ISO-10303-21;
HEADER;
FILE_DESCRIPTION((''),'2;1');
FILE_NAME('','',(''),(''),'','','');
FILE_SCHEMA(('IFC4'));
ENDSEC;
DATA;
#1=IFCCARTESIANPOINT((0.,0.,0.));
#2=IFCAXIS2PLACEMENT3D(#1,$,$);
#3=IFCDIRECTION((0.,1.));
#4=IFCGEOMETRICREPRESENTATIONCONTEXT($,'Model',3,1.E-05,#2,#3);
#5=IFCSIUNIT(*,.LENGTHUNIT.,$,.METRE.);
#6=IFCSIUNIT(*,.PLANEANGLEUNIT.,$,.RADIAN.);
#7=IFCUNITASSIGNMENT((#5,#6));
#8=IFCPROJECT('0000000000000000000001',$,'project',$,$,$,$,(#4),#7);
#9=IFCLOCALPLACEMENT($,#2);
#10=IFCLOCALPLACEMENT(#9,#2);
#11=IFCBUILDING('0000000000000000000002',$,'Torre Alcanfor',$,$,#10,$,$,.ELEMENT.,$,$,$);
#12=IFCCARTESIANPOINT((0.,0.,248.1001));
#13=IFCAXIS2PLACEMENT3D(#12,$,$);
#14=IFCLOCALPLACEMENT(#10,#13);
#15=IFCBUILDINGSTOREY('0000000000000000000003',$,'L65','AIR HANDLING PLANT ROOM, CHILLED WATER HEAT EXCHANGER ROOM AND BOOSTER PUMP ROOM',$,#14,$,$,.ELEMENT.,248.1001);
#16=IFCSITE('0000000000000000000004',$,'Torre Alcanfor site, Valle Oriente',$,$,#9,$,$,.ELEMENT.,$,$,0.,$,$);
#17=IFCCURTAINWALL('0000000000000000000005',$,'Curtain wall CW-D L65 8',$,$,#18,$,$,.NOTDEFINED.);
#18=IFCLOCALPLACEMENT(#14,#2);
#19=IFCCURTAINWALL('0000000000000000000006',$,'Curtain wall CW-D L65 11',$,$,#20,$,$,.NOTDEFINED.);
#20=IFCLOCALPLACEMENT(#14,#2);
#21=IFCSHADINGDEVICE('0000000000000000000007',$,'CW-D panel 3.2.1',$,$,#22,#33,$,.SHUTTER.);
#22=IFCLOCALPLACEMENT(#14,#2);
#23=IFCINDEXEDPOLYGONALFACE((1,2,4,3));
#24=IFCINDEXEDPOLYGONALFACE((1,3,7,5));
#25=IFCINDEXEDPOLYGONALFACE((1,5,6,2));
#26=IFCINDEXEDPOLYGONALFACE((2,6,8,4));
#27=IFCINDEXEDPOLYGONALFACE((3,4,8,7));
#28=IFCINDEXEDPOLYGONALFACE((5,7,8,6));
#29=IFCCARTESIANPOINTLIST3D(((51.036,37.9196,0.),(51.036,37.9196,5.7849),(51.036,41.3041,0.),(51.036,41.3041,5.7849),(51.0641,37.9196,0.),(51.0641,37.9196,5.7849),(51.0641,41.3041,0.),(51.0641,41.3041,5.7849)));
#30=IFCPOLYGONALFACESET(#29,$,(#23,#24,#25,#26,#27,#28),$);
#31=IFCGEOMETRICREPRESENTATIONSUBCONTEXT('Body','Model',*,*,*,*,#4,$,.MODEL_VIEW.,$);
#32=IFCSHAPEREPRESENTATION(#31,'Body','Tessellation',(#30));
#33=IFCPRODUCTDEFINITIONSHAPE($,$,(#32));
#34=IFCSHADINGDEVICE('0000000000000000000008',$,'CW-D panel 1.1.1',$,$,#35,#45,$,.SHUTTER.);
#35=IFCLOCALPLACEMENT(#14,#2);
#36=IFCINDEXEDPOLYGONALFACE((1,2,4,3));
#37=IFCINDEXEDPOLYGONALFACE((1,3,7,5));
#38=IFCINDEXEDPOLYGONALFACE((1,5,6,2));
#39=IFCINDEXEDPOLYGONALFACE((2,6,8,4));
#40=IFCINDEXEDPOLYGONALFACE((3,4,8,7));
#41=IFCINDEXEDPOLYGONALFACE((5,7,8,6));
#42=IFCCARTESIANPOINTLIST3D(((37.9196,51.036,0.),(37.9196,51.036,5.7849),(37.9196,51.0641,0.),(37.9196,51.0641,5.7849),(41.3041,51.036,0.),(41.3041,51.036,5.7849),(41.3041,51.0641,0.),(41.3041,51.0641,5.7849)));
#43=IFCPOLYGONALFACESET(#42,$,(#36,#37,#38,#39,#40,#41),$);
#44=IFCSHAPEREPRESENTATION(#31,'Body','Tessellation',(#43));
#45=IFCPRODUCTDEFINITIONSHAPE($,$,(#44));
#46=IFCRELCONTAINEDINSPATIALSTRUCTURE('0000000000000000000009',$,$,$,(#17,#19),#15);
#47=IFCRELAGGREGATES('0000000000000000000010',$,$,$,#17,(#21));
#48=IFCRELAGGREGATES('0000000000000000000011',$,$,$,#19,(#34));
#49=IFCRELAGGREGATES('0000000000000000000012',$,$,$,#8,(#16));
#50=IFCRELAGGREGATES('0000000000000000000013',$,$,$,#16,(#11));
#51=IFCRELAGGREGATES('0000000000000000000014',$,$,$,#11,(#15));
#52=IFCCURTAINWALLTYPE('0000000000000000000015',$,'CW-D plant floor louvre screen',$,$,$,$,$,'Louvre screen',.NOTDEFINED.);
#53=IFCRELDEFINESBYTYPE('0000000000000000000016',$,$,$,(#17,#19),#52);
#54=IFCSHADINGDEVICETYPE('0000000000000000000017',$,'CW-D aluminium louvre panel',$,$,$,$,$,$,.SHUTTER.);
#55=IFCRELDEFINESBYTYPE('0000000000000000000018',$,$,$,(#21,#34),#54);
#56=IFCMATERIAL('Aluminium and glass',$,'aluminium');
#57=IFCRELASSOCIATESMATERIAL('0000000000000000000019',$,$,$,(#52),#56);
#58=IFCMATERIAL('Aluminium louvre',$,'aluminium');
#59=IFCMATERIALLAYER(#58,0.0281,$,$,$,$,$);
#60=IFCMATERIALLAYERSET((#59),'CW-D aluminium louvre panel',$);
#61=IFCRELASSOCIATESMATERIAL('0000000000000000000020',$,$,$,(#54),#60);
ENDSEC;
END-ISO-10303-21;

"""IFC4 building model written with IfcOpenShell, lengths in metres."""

from ifc_helpers import new_model, si_unit, direction, frame, origin, origin_2d, place, context, subcontext, project, spatial, rectangle, extrude, material, layer, layer_set, type_object, element, aggregate, save


model = new_model("IFC4")

# Units and contexts
model_context = context("Model", 3, precision=1e-05, world=origin(), true_north=direction((0.0, 1.0)))
body_context = subcontext(model_context, "Body", "Model", "MODEL_VIEW")
ifc_project = project(units=[si_unit("LENGTHUNIT", "METRE"), si_unit("PLANEANGLEUNIT", "RADIAN")], contexts=[model_context])

# Site, building, storey
site_placement = place(None, origin())
site = spatial("IfcSite", under=ifc_project, at=site_placement, Name="Torre Alcanfor site, Valle Oriente", CompositionType="ELEMENT", RefElevation=0.0)
building_placement = place(site_placement, origin())
building = spatial("IfcBuilding", under=site, at=building_placement, Name="Torre Alcanfor", CompositionType="ELEMENT")
storey_placement = place(building_placement, frame((0.0, 0.0, 248.1001)))
storey = spatial("IfcBuildingStorey", under=building, at=storey_placement, Name="L65", Description="AIR HANDLING PLANT ROOM, CHILLED WATER HEAT EXCHANGER ROOM AND BOOSTER PUMP ROOM", CompositionType="ELEMENT", Elevation=248.1001)

# Curtain wall
ifc_material_1 = material(Name="Aluminium and glass", Category="aluminium")
curtain_wall_type = type_object("IfcCurtainWallType", Name="CW-D plant floor louvre screen", ElementType="Louvre screen", PredefinedType="NOTDEFINED", material=ifc_material_1)
curtain_wall_1_placement = place(storey_placement, origin())
curtain_wall_1 = element("IfcCurtainWall", 1, at=curtain_wall_1_placement, inside=storey, type_object=curtain_wall_type, Name="Curtain wall CW-D L65 8", PredefinedType="NOTDEFINED")

# Curtain wall
curtain_wall_2_placement = place(storey_placement, origin())
curtain_wall_2 = element("IfcCurtainWall", 2, at=curtain_wall_2_placement, inside=storey, type_object=curtain_wall_type, Name="Curtain wall CW-D L65 11", PredefinedType="NOTDEFINED")

# Shading devices
ifc_material_2 = material(Name="Aluminium louvre", Category="aluminium")
ifc_layer_1 = layer(ifc_material_2, 0.0281)
ifc_layer_set_1 = layer_set([ifc_layer_1], Name="CW-D aluminium louvre panel")
shading_device_type = type_object("IfcShadingDeviceType", Name="CW-D aluminium louvre panel", PredefinedType="SHUTTER", material=ifc_layer_set_1)
shading_device_1_placement = place(storey_placement, frame((51.05, 39.6118, 0.0), z_axis=(0.0, 0.0, 1.0), x_axis=(0.0, 1.0, 0.0)))
shading_device_1 = element("IfcShadingDevice", 3, at=shading_device_1_placement, type_object=shading_device_type, Name="CW-D panel 3.2.1", PredefinedType="SHUTTER", context=body_context, shape_type="SweptSolid", body=[
    extrude(rectangle(XDim=3.3845, YDim=0.0281, at=origin_2d()), origin(), (0.0, 0.0, 1.0), 5.7849),
])
aggregate(curtain_wall_1, [shading_device_1])
shading_device_2_placement = place(storey_placement, frame((39.6118, 51.05, 0.0), z_axis=(0.0, 0.0, 1.0), x_axis=(-1.0, 0.0, 0.0)))
shading_device_2 = element("IfcShadingDevice", 4, at=shading_device_2_placement, type_object=shading_device_type, Name="CW-D panel 1.1.1", PredefinedType="SHUTTER", context=body_context, shape_type="SweptSolid", body=[
    extrude(rectangle(XDim=3.3845, YDim=0.0281, at=origin_2d()), origin(), (0.0, 0.0, 1.0), 5.7849),
])
aggregate(curtain_wall_2, [shading_device_2])

save(model, "model.ifc")
